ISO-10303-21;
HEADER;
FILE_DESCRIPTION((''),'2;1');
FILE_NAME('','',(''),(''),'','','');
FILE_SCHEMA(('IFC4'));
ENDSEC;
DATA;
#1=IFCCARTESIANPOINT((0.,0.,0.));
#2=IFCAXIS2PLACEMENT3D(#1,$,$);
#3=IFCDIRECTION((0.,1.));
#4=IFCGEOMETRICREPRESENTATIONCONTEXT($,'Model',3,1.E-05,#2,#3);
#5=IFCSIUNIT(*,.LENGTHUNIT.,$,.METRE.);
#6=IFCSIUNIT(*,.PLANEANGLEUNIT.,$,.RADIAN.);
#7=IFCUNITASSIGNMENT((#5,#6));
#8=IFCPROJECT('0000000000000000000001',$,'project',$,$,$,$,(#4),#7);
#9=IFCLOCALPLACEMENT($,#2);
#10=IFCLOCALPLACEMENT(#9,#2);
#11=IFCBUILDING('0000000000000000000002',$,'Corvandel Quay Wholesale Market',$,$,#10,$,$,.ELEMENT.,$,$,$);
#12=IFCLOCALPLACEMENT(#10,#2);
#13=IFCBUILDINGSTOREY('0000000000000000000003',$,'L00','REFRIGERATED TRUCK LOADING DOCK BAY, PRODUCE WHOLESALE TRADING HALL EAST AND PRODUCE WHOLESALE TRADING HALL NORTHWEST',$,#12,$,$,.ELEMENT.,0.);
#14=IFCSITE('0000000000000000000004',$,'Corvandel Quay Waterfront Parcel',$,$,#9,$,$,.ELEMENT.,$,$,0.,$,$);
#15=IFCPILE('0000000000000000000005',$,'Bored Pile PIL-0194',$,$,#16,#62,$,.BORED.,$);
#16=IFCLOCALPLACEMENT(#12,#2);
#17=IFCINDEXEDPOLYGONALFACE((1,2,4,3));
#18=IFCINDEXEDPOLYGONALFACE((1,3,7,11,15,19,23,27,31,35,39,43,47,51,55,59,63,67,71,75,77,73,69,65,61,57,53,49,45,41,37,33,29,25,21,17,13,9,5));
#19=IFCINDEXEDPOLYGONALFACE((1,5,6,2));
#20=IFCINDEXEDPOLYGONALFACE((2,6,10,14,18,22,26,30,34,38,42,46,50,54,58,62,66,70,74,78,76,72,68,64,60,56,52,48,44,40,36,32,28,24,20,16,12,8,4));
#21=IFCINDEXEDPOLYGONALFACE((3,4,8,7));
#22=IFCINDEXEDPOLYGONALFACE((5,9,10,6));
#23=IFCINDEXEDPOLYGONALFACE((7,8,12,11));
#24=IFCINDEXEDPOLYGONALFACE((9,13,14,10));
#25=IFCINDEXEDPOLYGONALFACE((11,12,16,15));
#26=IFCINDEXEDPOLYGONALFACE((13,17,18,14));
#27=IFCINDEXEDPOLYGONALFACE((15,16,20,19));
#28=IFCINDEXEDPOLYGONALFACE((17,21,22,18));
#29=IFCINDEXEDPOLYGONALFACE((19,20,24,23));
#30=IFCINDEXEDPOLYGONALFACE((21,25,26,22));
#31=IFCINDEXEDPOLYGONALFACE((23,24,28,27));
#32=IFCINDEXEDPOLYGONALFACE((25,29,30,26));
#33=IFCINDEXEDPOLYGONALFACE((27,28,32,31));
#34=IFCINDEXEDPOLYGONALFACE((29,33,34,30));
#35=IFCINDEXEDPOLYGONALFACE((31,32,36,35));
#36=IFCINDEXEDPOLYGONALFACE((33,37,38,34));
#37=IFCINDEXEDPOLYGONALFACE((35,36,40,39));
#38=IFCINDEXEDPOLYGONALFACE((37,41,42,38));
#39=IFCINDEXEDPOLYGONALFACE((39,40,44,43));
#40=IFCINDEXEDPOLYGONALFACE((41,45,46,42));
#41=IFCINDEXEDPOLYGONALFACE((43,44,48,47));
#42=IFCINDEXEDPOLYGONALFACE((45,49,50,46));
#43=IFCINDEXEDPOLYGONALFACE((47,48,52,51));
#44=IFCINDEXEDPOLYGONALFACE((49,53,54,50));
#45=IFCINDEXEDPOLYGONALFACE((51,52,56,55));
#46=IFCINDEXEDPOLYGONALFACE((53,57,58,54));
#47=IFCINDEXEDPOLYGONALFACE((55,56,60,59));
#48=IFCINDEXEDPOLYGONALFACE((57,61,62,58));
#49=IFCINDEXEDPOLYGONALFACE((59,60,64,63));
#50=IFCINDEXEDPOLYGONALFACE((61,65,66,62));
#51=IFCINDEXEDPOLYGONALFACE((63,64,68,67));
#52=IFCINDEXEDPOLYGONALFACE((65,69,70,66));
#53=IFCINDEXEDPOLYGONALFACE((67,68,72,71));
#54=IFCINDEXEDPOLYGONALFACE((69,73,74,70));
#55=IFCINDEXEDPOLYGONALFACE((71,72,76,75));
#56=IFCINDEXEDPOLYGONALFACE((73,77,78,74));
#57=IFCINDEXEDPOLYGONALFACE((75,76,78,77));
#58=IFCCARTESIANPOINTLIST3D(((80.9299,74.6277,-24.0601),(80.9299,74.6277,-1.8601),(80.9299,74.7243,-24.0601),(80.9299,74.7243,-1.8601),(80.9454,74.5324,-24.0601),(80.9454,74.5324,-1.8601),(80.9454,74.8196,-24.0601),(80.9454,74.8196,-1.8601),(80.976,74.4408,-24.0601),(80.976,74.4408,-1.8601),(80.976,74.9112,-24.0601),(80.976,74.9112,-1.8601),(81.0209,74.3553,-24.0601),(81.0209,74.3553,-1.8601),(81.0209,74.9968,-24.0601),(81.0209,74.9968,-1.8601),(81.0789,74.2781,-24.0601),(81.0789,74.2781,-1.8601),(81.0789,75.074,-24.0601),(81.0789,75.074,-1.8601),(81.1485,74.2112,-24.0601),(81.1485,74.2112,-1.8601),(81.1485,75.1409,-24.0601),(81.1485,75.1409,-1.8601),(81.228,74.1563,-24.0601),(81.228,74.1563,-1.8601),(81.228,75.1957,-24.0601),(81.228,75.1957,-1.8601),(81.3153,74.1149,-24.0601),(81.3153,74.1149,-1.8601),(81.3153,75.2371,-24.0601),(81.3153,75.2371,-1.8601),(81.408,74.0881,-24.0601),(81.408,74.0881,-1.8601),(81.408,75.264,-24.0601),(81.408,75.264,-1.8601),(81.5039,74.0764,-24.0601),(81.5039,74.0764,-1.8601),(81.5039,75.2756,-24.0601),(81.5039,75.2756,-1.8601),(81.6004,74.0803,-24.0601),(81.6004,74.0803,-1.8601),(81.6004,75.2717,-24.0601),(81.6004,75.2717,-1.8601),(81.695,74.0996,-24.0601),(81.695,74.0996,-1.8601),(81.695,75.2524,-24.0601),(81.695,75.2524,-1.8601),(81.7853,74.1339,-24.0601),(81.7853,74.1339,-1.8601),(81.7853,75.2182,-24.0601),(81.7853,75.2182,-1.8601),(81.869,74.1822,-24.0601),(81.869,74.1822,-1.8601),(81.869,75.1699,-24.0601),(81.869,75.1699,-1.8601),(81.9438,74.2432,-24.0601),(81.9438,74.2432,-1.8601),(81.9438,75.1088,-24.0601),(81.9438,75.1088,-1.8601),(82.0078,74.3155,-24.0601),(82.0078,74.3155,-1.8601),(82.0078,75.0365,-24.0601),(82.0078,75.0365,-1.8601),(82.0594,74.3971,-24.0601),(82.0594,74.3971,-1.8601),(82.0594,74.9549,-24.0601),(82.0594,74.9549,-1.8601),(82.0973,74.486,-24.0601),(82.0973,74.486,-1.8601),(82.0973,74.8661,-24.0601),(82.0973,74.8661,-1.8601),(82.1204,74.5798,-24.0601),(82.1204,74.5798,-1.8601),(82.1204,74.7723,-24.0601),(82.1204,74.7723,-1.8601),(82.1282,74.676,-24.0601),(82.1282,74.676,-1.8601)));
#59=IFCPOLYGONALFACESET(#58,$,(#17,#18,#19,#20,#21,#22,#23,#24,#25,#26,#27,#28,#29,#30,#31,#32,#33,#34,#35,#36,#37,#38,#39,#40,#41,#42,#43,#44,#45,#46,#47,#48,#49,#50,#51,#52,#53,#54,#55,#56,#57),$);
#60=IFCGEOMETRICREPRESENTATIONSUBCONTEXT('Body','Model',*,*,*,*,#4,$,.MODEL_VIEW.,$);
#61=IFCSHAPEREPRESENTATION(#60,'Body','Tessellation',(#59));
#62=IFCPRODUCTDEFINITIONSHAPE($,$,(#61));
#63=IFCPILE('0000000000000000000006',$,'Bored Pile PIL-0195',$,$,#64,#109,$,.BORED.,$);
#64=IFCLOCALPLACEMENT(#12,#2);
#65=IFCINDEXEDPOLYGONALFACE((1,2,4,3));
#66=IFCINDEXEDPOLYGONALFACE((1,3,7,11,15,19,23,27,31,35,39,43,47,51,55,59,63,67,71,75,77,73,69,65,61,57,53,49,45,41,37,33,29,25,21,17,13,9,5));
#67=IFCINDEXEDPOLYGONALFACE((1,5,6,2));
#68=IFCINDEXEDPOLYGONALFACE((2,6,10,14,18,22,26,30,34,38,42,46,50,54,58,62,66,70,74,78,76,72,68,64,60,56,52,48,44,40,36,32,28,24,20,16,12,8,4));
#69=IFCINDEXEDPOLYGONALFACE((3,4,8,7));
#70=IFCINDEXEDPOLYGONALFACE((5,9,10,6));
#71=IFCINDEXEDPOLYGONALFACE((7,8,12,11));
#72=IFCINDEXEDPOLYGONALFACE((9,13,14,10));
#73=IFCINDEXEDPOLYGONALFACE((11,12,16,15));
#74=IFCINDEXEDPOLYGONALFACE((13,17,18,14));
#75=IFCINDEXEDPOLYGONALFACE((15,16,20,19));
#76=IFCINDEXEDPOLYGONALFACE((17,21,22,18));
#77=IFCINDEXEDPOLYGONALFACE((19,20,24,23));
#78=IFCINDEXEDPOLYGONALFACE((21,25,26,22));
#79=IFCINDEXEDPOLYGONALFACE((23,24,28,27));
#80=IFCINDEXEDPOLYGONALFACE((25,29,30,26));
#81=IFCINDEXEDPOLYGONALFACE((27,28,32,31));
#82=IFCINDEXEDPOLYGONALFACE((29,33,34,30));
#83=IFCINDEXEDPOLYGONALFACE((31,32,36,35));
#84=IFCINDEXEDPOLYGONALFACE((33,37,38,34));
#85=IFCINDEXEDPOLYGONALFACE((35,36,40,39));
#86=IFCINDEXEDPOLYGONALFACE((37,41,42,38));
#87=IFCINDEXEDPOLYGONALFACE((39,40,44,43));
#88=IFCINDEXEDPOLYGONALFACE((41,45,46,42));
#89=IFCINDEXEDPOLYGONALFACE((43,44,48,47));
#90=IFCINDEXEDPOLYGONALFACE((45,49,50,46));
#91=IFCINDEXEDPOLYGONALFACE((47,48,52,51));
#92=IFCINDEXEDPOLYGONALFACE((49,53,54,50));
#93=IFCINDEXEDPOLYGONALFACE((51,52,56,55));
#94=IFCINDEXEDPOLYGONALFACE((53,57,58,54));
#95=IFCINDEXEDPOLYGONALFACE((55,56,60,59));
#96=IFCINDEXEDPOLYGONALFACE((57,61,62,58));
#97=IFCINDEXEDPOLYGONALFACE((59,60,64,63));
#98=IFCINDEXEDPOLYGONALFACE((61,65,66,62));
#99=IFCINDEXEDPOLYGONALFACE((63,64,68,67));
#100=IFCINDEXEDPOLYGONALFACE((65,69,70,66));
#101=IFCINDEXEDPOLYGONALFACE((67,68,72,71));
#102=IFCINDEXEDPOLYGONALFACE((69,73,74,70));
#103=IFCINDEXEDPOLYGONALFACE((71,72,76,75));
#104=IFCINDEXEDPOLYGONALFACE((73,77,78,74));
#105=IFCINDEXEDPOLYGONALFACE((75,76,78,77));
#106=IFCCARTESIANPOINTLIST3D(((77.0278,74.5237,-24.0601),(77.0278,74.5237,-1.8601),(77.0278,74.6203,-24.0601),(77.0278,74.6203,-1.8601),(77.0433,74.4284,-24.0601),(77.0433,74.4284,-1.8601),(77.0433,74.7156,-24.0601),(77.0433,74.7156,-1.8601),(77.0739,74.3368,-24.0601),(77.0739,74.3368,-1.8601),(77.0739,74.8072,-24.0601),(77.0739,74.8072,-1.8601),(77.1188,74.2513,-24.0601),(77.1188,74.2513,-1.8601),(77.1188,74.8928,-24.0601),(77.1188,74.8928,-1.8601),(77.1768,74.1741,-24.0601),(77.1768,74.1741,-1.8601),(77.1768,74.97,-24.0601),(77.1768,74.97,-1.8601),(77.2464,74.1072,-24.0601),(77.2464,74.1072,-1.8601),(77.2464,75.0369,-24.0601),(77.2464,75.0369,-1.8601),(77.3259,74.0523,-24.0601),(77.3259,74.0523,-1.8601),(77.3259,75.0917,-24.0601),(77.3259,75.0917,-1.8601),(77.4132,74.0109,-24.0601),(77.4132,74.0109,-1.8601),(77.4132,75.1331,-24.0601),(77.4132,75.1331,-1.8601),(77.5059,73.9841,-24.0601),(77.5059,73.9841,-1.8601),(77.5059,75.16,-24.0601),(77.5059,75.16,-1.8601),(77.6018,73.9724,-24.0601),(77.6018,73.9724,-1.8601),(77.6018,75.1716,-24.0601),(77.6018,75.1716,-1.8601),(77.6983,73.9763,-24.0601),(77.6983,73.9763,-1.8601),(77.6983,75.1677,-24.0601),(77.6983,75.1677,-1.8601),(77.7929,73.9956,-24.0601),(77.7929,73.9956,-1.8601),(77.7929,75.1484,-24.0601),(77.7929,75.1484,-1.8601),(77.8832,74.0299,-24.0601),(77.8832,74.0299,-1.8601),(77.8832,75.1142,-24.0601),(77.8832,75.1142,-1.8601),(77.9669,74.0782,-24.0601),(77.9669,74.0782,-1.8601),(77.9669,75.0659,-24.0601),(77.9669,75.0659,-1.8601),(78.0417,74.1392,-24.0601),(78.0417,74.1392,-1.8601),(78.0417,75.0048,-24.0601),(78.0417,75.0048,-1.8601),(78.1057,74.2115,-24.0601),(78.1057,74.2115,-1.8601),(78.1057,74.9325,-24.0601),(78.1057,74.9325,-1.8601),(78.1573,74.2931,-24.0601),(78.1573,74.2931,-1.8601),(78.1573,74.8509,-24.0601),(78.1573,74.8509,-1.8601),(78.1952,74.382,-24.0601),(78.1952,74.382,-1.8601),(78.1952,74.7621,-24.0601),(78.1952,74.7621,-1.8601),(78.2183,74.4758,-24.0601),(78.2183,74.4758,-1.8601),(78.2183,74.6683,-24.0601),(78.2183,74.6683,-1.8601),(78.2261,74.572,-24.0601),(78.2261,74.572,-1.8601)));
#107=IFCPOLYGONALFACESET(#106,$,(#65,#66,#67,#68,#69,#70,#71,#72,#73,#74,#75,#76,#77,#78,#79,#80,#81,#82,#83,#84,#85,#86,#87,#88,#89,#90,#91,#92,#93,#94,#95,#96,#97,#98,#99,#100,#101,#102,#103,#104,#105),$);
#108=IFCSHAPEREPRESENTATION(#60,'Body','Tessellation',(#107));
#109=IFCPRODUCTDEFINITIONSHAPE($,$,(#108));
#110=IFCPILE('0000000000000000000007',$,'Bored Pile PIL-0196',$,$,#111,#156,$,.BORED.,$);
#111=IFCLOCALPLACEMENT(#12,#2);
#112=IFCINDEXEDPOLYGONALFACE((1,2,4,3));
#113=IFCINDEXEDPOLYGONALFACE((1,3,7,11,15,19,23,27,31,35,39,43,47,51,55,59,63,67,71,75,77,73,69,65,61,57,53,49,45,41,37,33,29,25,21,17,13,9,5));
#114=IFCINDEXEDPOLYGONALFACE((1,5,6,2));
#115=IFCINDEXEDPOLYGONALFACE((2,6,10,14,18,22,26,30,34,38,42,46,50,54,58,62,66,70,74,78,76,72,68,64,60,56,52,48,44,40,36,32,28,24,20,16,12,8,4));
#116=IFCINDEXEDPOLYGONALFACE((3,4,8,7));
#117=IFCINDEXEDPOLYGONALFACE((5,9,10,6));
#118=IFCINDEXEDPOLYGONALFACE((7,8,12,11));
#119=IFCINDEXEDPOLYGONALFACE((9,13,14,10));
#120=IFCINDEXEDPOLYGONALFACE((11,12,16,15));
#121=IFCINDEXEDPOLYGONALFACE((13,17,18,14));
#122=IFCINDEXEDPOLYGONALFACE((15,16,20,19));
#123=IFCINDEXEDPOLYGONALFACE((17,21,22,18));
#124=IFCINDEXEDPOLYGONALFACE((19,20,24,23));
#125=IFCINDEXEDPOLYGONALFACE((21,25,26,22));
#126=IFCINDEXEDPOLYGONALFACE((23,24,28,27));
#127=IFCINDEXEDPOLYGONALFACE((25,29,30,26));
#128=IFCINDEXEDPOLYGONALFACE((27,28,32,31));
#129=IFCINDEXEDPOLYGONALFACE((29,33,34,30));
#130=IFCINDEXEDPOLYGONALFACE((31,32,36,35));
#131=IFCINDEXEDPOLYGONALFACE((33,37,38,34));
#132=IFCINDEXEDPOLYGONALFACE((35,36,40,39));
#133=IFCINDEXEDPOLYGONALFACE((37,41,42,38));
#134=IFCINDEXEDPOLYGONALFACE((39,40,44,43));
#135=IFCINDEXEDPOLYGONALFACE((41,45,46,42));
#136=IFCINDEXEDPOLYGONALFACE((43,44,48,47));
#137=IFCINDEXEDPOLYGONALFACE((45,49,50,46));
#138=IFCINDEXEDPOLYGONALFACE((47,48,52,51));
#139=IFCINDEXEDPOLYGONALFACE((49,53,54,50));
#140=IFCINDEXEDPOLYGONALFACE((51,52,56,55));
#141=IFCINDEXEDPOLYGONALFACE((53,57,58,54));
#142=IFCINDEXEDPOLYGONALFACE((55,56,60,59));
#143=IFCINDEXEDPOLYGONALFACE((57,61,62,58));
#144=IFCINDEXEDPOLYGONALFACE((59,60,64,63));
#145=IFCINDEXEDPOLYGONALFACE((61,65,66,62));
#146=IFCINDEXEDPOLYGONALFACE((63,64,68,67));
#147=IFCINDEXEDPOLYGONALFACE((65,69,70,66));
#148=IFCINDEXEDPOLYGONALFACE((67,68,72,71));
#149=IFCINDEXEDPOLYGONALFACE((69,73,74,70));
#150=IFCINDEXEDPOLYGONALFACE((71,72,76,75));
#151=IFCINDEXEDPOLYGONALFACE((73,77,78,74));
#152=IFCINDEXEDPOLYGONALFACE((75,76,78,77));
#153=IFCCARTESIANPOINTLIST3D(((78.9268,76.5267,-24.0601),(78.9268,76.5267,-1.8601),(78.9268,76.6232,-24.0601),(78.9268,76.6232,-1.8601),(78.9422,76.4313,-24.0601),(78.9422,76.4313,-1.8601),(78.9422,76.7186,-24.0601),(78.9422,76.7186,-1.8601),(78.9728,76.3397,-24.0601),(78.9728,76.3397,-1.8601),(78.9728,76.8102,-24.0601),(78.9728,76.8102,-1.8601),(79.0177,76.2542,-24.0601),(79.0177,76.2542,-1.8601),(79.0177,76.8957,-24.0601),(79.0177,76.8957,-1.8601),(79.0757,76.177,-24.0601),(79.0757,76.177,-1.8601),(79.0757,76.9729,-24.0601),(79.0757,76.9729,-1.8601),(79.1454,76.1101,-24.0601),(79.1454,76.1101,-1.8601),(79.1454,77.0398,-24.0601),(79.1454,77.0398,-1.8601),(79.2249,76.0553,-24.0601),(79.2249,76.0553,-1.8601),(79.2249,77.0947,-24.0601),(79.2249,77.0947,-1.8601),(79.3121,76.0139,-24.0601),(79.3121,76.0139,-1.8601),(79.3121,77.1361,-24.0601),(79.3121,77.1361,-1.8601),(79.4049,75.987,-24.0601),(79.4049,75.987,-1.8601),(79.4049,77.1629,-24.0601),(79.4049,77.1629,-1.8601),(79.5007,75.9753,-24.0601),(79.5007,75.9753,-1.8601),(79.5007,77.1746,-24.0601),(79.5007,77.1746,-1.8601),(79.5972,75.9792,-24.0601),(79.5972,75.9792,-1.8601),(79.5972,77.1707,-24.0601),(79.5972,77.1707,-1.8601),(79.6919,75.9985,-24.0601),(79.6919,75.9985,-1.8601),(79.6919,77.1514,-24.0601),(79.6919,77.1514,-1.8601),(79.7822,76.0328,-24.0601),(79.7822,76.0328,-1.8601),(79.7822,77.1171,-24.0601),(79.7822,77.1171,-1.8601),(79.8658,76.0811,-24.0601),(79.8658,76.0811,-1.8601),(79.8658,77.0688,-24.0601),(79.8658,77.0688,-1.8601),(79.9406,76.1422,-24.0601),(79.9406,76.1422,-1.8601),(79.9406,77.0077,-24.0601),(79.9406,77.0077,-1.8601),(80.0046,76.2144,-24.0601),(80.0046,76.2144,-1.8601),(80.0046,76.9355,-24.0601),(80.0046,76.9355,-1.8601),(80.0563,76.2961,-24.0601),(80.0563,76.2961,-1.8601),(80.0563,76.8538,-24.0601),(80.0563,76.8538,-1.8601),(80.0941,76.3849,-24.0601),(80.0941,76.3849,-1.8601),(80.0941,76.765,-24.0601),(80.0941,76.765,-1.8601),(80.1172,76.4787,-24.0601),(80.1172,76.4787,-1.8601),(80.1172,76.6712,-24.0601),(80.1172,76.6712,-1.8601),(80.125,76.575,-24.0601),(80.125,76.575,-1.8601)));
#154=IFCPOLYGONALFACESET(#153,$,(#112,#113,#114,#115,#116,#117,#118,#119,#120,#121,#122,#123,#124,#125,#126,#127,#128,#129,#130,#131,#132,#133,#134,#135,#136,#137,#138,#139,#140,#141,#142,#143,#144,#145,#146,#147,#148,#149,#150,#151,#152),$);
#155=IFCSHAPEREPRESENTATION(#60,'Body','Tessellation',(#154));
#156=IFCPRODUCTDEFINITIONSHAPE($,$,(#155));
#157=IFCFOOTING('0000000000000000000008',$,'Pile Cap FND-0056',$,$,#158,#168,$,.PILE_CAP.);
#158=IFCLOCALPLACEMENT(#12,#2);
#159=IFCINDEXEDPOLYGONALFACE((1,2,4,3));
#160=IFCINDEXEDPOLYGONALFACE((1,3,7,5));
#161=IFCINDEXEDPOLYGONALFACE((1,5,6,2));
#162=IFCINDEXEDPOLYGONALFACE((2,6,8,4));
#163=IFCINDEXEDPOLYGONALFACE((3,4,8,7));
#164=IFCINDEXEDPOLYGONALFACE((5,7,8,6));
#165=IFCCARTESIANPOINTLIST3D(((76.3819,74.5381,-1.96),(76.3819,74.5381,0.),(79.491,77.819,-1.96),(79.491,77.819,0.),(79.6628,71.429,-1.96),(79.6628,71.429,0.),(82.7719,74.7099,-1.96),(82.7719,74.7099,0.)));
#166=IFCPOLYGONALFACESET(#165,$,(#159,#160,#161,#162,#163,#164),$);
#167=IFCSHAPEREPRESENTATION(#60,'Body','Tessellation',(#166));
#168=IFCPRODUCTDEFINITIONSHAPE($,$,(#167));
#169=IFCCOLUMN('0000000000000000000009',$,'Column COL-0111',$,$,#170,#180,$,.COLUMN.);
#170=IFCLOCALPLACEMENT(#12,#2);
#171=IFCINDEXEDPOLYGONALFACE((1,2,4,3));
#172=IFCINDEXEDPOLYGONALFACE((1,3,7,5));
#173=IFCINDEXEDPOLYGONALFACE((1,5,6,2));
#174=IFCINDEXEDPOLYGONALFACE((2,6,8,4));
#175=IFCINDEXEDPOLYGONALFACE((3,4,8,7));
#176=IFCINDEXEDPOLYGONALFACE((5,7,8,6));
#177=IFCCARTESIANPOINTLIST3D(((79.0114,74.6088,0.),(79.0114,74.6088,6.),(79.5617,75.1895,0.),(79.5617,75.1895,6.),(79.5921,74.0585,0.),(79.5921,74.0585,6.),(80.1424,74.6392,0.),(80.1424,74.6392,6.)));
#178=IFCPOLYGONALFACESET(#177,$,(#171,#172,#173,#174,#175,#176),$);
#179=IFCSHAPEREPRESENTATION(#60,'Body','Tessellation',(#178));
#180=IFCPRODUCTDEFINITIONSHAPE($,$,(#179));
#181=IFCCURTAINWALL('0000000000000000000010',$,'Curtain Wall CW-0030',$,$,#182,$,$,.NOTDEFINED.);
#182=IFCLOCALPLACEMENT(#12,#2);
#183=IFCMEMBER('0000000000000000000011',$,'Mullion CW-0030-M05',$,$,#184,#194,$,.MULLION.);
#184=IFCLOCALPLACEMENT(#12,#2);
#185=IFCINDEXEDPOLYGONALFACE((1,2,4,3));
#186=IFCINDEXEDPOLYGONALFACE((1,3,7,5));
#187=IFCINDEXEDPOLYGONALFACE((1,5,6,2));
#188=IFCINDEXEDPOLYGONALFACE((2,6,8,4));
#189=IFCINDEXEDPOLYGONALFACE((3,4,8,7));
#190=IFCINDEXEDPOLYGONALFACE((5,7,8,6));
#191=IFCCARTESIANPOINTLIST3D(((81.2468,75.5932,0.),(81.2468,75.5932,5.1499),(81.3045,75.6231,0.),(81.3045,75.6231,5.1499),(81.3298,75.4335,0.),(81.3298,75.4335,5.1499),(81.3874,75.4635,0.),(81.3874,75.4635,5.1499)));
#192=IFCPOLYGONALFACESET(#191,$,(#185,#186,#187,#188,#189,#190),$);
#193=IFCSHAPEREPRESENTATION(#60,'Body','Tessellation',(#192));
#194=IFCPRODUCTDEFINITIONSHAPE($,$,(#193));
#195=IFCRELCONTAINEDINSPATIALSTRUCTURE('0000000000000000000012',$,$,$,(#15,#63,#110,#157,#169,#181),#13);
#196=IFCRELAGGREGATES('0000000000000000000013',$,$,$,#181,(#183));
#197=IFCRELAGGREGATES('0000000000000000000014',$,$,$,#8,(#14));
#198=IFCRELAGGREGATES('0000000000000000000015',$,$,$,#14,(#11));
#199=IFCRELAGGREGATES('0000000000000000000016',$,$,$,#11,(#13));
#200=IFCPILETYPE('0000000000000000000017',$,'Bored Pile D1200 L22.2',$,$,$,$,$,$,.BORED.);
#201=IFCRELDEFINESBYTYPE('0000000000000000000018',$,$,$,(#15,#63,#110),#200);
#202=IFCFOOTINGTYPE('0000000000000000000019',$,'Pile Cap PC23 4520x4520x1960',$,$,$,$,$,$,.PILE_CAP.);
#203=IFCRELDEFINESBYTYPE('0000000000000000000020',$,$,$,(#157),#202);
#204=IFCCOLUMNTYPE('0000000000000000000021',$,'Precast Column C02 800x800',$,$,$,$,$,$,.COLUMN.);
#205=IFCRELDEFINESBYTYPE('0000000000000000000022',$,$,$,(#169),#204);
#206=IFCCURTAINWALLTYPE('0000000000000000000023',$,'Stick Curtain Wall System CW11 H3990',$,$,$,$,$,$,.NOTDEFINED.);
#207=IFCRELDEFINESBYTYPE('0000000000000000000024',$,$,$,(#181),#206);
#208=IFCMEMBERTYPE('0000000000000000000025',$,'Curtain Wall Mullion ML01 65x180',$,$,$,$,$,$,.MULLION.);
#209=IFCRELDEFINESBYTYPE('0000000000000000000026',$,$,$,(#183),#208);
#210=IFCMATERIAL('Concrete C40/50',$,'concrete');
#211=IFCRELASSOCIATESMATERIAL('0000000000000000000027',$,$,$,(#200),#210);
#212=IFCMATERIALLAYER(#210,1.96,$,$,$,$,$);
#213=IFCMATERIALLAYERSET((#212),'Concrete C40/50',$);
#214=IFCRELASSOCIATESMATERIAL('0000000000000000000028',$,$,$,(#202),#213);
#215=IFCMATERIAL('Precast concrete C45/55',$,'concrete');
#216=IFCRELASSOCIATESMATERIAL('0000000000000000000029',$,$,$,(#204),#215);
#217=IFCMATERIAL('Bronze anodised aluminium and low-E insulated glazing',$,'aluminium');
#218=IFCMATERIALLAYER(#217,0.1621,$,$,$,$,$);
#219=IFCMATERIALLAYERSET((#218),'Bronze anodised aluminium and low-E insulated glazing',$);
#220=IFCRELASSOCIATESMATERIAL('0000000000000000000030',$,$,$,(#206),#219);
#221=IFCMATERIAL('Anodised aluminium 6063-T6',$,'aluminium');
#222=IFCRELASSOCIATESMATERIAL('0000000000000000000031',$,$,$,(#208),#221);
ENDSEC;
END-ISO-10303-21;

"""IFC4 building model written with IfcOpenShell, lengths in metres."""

from ifc_helpers import new_model, si_unit, direction, frame, origin, origin_2d, place, context, subcontext, project, spatial, rectangle, circle, extrude, material, layer, layer_set, material_profile, profile_set, type_object, element, aggregate, save


model = new_model("IFC4")

# Units and contexts
model_context = context("Model", 3, precision=1e-05, world=origin(), true_north=direction((0.0, 1.0)))
body_context = subcontext(model_context, "Body", "Model", "MODEL_VIEW")
ifc_project = project(units=[si_unit("LENGTHUNIT", "METRE"), si_unit("PLANEANGLEUNIT", "RADIAN")], contexts=[model_context])

# Site, building, storey
site_placement = place(None, origin())
site = spatial("IfcSite", under=ifc_project, at=site_placement, Name="Corvandel Quay Waterfront Parcel", CompositionType="ELEMENT", RefElevation=0.0)
building_placement = place(site_placement, origin())
building = spatial("IfcBuilding", under=site, at=building_placement, Name="Corvandel Quay Wholesale Market", CompositionType="ELEMENT")
storey_placement = place(building_placement, origin())
storey = spatial("IfcBuildingStorey", under=building, at=storey_placement, Name="L00", Description="REFRIGERATED TRUCK LOADING DOCK BAY, PRODUCE WHOLESALE TRADING HALL EAST AND PRODUCE WHOLESALE TRADING HALL NORTHWEST", CompositionType="ELEMENT", Elevation=0.0)

# Piles
ifc_material_1 = material(Name="Concrete C40/50", Category="concrete")
ifc_material_profile_1 = material_profile(ifc_material_1, circle(Radius=0.6001, at=origin_2d()), Name="RC-PILE-D1200")
ifc_profile_set_1 = profile_set([ifc_material_profile_1], Name="Concrete C40/50")
pile_type = type_object("IfcPileType", Name="Bored Pile D1200 L22.2", PredefinedType="BORED", material=ifc_profile_set_1)
for number, where, z_axis, x_axis, name in (
    (1, (81.5281, 74.676, -1.8601), (0.0, 0.0, -1.0), (1.0, 0.0, 0.0), "Bored Pile PIL-0194"),
    (2, (77.626, 74.572, -1.8601), (0.0, 0.0, -1.0), (1.0, 0.0, 0.0), "Bored Pile PIL-0195"),
    (3, (79.5249, 76.575, -1.8601), (0.0, 0.0, -1.0), (1.0, 0.0, 0.0), "Bored Pile PIL-0196"),
):
    element("IfcPile", number, at=place(storey_placement, frame(where, z_axis=z_axis, x_axis=x_axis)), inside=storey, type_object=pile_type, Name=name, PredefinedType="BORED", context=body_context, shape_type="SweptSolid", body=[
        extrude(circle(Radius=0.6001, at=origin_2d()), origin(), (0.0, 0.0, 1.0), 22.2),
    ])

# Footing
ifc_layer_1 = layer(ifc_material_1, 1.96)
ifc_layer_set_1 = layer_set([ifc_layer_1], Name="Concrete C40/50")
footing_type = type_object("IfcFootingType", Name="Pile Cap PC23 4520x4520x1960", PredefinedType="PILE_CAP", material=ifc_layer_set_1)
footing_placement = place(storey_placement, frame((79.5769, 74.624, -1.96), z_axis=(0.0, 0.0, 1.0), x_axis=(0.687848, 0.725855, 0.0)))
element("IfcFooting", 4, at=footing_placement, inside=storey, type_object=footing_type, Name="Pile Cap FND-0056", PredefinedType="PILE_CAP", context=body_context, shape_type="SweptSolid", body=[
    extrude(rectangle(XDim=4.52, YDim=4.52, at=origin_2d()), origin(), (0.0, 0.0, 1.0), 1.96),
])

# Column
ifc_material_2 = material(Name="Precast concrete C45/55", Category="concrete")
ifc_material_profile_2 = material_profile(ifc_material_2, rectangle(XDim=0.8, YDim=0.8, at=origin_2d()), Name="PC-COL-800x800")
ifc_profile_set_2 = profile_set([ifc_material_profile_2], Name="Precast concrete C45/55")
column_type = type_object("IfcColumnType", Name="Precast Column C02 800x800", PredefinedType="COLUMN", material=ifc_profile_set_2)
column_placement = place(storey_placement, frame((79.5769, 74.624, 0.0), z_axis=(0.0, 0.0, 1.0), x_axis=(0.687848, 0.725855, 0.0)))
element("IfcColumn", 5, at=column_placement, inside=storey, type_object=column_type, Name="Column COL-0111", PredefinedType="COLUMN", context=body_context, shape_type="SweptSolid", body=[
    extrude(rectangle(XDim=0.8, YDim=0.8, at=origin_2d()), origin(), (0.0, 0.0, 1.0), 6.0),
])

# Curtain wall, member
ifc_material_3 = material(Name="Bronze anodised aluminium and low-E insulated glazing", Category="aluminium")
ifc_layer_2 = layer(ifc_material_3, 0.1621)
ifc_layer_set_2 = layer_set([ifc_layer_2], Name="Bronze anodised aluminium and low-E insulated glazing")
curtain_wall_type = type_object("IfcCurtainWallType", Name="Stick Curtain Wall System CW11 H3990", PredefinedType="NOTDEFINED", material=ifc_layer_set_2)
curtain_wall_placement = place(storey_placement, origin())
curtain_wall = element("IfcCurtainWall", 6, at=curtain_wall_placement, inside=storey, type_object=curtain_wall_type, Name="Curtain Wall CW-0030", PredefinedType="NOTDEFINED")
ifc_material_4 = material(Name="Anodised aluminium 6063-T6", Category="aluminium")
ifc_material_profile_3 = material_profile(ifc_material_4, rectangle(XDim=0.0649, YDim=0.1799, at=origin_2d()), Name="ALU-MUL-65x180")
ifc_profile_set_3 = profile_set([ifc_material_profile_3], Name="Anodised aluminium 6063-T6")
member_type_1 = type_object("IfcMemberType", Name="Curtain Wall Mullion ML01 65x180", PredefinedType="MULLION", material=ifc_profile_set_3)
member_1_placement = place(storey_placement, frame((81.3171, 75.5283, 0.0), z_axis=(0.0, 0.0, 1.0), x_axis=(0.887333, 0.461129, 0.0)))
member_1 = element("IfcMember", 7, at=member_1_placement, type_object=member_type_1, Name="Mullion CW-0030-M05", PredefinedType="MULLION", context=body_context, shape_type="SweptSolid", body=[
    extrude(rectangle(XDim=0.0649, YDim=0.1799, at=origin_2d()), origin(), (0.0, 0.0, 1.0), 5.1499),
])
aggregate(curtain_wall, [member_1])

save(model, "model.ifc")
